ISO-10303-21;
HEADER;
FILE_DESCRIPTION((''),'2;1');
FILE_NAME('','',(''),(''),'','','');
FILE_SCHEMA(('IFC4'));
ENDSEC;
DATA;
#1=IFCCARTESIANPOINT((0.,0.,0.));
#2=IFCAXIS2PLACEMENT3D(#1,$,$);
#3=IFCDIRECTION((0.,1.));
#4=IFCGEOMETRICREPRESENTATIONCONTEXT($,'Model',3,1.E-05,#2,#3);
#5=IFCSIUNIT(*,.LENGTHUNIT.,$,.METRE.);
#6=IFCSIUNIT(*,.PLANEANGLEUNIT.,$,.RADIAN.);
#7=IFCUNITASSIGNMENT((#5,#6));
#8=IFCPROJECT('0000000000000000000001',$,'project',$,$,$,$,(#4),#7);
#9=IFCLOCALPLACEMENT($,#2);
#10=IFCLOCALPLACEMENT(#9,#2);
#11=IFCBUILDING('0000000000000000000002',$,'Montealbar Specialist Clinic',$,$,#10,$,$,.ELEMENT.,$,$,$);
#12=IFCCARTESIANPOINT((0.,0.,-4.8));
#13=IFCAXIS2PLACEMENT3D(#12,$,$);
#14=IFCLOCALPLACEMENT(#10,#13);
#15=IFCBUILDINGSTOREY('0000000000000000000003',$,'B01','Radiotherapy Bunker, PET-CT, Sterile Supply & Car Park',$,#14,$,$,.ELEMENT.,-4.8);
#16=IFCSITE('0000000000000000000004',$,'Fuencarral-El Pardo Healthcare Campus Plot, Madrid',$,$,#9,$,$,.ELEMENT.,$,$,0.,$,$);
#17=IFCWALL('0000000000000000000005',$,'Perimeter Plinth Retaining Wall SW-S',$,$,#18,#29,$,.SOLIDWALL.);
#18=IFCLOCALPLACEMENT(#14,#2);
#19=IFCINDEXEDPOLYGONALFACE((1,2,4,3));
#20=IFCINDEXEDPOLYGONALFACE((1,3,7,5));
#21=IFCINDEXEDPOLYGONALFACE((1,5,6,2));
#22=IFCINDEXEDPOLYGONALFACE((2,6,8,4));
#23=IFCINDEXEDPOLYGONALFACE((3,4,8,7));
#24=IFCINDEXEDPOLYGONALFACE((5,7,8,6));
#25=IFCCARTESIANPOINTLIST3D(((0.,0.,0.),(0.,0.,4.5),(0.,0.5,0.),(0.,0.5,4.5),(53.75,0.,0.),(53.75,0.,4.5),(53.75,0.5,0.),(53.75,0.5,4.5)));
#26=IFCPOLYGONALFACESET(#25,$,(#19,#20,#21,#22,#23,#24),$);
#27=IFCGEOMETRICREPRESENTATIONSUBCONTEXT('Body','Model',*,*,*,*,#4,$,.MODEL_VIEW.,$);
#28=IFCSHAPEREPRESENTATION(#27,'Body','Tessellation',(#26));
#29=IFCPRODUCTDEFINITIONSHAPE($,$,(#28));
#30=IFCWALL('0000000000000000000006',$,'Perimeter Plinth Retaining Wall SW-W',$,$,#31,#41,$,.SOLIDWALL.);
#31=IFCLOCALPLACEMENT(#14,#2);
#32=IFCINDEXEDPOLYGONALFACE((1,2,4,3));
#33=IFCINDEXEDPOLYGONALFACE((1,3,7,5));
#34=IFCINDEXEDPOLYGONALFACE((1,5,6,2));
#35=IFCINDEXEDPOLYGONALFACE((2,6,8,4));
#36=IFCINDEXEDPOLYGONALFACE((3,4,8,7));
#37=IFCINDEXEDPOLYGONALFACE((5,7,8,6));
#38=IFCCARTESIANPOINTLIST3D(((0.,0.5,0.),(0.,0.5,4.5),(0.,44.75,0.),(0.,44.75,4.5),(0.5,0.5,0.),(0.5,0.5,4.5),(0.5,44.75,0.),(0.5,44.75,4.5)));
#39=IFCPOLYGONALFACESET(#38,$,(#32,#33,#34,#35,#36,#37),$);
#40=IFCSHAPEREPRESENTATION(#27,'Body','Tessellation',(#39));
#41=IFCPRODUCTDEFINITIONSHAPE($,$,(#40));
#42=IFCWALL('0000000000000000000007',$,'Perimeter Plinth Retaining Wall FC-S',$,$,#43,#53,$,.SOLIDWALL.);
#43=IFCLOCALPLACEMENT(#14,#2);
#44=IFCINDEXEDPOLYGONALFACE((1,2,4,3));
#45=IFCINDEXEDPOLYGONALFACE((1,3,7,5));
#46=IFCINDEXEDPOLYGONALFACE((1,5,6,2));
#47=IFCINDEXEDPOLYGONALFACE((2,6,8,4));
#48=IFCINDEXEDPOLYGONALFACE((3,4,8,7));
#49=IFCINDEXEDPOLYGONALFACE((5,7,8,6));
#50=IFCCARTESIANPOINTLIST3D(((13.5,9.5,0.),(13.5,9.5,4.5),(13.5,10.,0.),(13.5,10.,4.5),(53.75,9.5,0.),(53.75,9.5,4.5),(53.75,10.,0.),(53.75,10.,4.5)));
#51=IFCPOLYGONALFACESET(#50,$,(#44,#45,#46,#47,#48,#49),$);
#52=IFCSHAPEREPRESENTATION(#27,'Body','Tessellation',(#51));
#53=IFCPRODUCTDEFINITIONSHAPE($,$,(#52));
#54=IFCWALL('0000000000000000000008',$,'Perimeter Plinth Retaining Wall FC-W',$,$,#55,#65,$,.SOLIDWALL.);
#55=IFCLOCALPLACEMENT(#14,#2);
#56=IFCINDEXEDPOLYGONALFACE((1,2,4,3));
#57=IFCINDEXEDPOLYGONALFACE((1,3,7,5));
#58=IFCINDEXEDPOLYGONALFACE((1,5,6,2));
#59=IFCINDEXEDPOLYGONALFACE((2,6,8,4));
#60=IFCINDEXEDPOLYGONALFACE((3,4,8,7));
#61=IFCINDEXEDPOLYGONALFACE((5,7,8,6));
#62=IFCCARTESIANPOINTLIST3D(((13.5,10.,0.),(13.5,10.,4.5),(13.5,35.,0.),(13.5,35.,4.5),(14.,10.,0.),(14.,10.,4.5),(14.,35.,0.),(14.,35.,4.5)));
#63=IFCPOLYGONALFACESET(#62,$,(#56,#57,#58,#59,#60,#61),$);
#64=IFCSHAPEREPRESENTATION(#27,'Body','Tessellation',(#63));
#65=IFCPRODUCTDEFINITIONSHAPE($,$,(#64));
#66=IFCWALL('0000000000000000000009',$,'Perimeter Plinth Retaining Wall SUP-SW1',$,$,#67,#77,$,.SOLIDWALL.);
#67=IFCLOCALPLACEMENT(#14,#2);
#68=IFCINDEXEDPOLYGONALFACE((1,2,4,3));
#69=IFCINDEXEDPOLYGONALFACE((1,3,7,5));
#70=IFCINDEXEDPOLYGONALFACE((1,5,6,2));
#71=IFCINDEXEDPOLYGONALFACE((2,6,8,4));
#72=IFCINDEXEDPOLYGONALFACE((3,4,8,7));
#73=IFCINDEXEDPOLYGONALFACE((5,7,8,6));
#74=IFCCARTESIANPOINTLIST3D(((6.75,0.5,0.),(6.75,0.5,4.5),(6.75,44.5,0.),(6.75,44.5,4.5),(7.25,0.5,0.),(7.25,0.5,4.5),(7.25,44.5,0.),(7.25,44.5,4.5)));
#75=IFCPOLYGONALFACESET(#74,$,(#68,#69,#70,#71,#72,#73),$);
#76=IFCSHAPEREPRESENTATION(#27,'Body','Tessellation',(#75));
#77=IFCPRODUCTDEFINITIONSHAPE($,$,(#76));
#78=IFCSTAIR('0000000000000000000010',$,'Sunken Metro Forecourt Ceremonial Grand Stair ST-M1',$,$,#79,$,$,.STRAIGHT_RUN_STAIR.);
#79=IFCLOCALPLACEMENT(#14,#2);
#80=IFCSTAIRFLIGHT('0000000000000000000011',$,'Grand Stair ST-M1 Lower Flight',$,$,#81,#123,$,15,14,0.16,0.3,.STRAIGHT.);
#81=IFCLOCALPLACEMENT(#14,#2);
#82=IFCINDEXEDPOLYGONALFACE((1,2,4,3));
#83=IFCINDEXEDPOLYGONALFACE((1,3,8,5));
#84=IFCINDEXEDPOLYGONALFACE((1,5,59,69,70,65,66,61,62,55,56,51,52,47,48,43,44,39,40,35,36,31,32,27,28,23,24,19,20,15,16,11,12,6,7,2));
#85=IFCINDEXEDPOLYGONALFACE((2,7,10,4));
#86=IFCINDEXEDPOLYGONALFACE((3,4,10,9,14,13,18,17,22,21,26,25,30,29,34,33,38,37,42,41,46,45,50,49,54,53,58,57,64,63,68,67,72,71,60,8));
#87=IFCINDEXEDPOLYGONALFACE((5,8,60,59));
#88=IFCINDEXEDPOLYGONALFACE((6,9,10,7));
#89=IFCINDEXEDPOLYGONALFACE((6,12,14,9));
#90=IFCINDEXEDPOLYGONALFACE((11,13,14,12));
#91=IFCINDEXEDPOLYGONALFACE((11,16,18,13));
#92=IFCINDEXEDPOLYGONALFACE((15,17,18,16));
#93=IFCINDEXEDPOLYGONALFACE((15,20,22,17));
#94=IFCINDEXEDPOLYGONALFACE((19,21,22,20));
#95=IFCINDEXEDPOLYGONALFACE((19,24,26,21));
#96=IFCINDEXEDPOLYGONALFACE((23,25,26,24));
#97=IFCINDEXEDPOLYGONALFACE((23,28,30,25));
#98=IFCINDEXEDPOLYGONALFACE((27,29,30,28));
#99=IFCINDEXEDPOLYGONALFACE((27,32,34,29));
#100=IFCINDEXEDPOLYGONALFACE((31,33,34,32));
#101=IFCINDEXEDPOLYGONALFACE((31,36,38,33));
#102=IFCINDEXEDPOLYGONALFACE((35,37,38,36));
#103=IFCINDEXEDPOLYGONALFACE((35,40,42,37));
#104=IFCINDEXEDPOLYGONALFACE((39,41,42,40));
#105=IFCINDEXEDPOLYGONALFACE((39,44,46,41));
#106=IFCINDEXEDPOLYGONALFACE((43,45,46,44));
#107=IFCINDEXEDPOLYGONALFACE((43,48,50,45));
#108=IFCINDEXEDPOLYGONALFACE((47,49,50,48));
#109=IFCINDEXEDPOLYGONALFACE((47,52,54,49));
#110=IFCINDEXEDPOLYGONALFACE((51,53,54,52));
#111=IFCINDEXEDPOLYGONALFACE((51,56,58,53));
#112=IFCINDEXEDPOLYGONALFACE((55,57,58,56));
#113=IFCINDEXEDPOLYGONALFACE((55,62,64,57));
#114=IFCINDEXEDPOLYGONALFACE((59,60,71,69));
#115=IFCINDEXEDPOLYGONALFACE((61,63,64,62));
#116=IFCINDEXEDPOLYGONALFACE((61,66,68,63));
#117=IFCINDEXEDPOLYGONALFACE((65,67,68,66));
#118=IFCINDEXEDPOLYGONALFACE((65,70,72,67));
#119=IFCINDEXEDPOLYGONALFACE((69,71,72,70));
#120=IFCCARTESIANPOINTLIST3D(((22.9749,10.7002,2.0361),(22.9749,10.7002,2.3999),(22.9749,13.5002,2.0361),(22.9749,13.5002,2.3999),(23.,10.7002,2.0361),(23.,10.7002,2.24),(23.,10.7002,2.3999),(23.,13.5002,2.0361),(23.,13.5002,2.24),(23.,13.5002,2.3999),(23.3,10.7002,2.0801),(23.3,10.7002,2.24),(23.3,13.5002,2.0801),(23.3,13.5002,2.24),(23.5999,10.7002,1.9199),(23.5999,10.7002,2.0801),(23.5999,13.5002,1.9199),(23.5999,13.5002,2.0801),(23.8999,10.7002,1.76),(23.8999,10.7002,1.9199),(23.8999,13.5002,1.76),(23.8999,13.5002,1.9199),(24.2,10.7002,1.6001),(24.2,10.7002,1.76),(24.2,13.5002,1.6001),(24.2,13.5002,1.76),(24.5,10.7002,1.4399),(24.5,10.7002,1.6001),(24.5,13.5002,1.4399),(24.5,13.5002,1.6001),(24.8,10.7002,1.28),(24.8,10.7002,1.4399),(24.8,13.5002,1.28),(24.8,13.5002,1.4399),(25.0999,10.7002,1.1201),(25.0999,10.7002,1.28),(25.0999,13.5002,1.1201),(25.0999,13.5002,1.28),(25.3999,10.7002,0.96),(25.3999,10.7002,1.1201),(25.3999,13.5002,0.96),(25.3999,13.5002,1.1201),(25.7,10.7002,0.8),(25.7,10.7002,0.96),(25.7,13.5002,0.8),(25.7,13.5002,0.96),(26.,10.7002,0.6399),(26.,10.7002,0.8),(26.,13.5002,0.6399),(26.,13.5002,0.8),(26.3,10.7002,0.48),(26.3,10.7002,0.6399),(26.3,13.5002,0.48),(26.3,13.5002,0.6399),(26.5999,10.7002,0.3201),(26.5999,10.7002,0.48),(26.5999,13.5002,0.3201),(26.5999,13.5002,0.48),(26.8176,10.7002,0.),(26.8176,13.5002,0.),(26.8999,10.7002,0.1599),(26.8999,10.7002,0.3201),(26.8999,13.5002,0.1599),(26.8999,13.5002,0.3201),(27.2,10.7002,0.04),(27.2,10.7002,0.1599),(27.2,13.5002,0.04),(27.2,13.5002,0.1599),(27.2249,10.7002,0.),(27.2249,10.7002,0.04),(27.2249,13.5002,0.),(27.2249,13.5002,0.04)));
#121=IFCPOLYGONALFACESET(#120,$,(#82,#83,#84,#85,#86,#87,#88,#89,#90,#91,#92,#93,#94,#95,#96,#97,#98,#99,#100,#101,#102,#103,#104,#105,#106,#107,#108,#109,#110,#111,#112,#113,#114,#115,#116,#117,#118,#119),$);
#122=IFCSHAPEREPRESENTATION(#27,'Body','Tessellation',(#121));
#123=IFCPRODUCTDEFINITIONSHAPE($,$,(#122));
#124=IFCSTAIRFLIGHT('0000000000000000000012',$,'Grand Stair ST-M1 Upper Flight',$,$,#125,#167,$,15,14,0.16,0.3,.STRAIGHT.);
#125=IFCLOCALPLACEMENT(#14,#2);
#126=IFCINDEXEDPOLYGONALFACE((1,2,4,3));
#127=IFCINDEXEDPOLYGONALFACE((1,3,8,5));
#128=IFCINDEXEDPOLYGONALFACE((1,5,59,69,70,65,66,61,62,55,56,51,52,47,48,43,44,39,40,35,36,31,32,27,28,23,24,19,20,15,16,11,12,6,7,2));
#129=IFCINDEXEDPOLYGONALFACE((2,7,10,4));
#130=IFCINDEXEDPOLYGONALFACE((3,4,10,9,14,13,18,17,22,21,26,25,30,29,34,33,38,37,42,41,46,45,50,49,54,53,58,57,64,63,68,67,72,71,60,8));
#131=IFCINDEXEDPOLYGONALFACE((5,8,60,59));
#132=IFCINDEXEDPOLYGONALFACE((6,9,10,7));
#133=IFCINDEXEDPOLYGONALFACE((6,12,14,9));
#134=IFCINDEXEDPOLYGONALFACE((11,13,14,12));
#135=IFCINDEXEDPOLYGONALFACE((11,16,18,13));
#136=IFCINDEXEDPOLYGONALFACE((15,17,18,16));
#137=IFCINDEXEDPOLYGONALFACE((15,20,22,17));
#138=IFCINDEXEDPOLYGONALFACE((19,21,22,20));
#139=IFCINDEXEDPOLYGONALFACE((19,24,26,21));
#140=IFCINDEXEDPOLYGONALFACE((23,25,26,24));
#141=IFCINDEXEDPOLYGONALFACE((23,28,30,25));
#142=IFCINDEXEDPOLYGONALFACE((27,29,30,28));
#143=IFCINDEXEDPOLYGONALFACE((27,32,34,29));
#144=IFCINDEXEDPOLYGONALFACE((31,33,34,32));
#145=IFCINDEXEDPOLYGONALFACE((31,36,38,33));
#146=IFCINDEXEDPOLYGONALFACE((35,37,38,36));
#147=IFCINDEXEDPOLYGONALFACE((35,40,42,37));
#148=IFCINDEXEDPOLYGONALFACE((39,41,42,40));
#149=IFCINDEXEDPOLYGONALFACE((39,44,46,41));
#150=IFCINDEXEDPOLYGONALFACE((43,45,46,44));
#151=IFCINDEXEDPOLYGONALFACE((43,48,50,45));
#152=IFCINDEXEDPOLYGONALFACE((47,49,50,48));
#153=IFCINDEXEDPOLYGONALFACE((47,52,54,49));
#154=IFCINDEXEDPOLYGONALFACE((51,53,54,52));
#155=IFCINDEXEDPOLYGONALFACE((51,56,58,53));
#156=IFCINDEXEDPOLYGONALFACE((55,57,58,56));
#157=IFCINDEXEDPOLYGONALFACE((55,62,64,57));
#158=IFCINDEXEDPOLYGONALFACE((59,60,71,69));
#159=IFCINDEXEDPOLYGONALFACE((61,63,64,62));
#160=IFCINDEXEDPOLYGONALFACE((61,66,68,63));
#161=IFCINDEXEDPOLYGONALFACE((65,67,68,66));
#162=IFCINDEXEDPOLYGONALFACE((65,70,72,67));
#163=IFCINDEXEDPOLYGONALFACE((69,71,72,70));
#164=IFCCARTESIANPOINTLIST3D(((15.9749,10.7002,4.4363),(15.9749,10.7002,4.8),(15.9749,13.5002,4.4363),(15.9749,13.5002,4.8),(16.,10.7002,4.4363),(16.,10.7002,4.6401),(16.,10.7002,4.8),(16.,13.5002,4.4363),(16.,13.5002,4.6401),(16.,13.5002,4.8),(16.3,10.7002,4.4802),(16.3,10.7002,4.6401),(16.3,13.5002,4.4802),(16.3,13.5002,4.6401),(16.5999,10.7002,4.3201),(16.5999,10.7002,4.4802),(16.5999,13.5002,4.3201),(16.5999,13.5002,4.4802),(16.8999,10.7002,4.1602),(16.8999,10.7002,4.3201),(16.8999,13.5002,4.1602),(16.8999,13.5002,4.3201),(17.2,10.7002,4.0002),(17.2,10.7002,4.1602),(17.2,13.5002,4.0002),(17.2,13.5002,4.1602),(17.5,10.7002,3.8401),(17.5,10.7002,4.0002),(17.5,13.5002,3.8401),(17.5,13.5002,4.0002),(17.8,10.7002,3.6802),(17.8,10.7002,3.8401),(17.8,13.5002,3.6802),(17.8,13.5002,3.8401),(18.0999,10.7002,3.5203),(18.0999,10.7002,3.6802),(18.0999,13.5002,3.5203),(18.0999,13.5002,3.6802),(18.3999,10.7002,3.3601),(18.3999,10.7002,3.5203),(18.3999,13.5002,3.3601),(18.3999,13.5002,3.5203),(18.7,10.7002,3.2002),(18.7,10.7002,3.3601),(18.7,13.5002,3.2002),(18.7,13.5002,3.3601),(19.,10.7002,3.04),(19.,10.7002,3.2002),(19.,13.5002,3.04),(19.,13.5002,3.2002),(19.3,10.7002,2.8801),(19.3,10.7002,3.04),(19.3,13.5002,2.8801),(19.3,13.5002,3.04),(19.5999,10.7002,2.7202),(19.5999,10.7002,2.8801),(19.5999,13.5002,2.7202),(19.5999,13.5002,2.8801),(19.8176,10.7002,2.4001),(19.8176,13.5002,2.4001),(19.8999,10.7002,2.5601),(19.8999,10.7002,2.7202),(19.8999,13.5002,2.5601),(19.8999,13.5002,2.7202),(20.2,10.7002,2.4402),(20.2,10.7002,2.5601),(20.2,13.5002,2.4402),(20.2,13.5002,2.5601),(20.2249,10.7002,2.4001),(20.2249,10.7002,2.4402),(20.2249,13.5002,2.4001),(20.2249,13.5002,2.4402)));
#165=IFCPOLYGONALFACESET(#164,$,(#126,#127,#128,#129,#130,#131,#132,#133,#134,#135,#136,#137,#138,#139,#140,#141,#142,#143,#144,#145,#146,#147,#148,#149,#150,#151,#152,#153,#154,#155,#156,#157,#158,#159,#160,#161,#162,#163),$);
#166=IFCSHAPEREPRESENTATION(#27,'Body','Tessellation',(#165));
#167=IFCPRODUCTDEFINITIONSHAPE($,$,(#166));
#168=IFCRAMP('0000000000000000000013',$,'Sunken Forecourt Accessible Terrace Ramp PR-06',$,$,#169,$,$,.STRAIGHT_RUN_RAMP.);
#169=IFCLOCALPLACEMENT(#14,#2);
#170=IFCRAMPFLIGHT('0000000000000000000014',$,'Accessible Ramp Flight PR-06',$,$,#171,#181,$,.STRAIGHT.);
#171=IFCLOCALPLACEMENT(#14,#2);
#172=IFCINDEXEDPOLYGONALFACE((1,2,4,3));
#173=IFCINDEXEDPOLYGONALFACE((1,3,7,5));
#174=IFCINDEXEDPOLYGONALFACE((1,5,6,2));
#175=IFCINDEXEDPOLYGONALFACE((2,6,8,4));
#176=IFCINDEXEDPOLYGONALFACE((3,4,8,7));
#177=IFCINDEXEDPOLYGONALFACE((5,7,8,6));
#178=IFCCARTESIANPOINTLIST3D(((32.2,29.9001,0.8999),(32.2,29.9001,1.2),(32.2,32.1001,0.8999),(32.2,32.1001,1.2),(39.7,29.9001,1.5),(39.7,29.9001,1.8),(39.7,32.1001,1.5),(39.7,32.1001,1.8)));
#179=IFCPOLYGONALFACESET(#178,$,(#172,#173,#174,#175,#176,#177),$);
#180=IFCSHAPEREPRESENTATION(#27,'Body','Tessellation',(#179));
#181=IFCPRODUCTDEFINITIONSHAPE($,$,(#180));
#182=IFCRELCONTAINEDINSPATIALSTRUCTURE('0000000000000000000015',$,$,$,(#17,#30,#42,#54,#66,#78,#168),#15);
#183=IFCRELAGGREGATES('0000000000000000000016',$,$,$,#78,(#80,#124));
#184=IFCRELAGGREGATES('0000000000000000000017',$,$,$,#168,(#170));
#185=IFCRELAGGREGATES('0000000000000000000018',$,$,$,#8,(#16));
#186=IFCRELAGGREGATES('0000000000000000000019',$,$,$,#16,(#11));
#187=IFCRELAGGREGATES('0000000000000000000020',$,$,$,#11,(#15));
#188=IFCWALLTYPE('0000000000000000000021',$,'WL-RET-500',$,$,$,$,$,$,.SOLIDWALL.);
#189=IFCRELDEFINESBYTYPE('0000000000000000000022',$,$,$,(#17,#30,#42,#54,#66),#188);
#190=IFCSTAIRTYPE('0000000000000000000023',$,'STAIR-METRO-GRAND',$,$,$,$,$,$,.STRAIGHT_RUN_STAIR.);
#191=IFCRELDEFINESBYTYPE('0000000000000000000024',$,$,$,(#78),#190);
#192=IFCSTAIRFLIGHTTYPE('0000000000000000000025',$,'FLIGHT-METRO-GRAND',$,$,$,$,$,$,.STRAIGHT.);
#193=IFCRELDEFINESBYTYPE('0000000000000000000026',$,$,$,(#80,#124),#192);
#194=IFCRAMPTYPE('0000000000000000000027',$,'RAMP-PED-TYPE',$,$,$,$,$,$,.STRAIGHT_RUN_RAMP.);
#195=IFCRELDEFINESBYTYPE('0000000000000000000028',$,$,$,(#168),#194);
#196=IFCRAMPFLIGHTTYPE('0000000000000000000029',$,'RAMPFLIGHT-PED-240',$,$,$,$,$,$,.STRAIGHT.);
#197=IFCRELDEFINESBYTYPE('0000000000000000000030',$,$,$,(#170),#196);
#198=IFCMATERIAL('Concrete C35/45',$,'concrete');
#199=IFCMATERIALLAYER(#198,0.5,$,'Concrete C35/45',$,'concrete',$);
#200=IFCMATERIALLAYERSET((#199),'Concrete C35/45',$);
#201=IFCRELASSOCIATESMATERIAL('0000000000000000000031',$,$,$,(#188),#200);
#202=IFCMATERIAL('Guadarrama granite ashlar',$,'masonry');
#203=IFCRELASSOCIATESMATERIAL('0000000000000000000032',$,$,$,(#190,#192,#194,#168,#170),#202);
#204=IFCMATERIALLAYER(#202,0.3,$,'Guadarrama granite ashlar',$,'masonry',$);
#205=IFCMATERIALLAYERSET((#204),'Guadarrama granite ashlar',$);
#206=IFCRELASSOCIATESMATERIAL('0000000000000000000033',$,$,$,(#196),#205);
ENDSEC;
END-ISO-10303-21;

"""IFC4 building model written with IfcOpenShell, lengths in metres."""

from ifc_helpers import new_model, si_unit, direction, frame, frame_2d, origin, place, context, subcontext, project, spatial, polyline, rectangle, outline, extrude, material, layer, layer_set, type_object, element, aggregate, save


model = new_model("IFC4")

# Units and contexts
model_context = context("Model", 3, precision=1e-05, world=origin(), true_north=direction((0.0, 1.0)))
body_context = subcontext(model_context, "Body", "Model", "MODEL_VIEW")
ifc_project = project(units=[si_unit("LENGTHUNIT", "METRE"), si_unit("PLANEANGLEUNIT", "RADIAN")], contexts=[model_context])

# Site, building, storey
site_placement = place(None, origin())
site = spatial("IfcSite", under=ifc_project, at=site_placement, Name="Fuencarral-El Pardo Healthcare Campus Plot, Madrid", CompositionType="ELEMENT", RefElevation=0.0)
building_placement = place(site_placement, origin())
building = spatial("IfcBuilding", under=site, at=building_placement, Name="Montealbar Specialist Clinic", CompositionType="ELEMENT")
storey_placement = place(building_placement, frame((0.0, 0.0, -4.8)))
storey = spatial("IfcBuildingStorey", under=building, at=storey_placement, Name="B01", Description="Radiotherapy Bunker, PET-CT, Sterile Supply & Car Park", CompositionType="ELEMENT", Elevation=-4.8)

# Walls
ifc_material_1 = material(Name="Guadarrama granite ashlar", Category="masonry")
ifc_material_2 = material(Name="Concrete C35/45", Category="concrete")
ifc_layer_1 = layer(ifc_material_2, 0.5, Name="Concrete C35/45", Category="concrete")
ifc_layer_set_1 = layer_set([ifc_layer_1], Name="Concrete C35/45")
wall_type_1 = type_object("IfcWallType", Name="WL-RET-500", PredefinedType="SOLIDWALL", material=ifc_layer_set_1)
wall_1_placement = place(storey_placement, frame((0.0, 0.25, 0.0), z_axis=(0.0, 0.0, 1.0), x_axis=(1.0, 0.0, 0.0)))
element("IfcWall", 1, at=wall_1_placement, inside=storey, type_object=wall_type_1, Name="Perimeter Plinth Retaining Wall SW-S", PredefinedType="SOLIDWALL", context=body_context, shape_type="SweptSolid", body=[
    extrude(rectangle(XDim=53.75, YDim=0.5, at=frame_2d((26.875, 0.0))), origin(), (0.0, 0.0, 1.0), 4.5),
])
wall_2_placement = place(storey_placement, frame((0.25, 0.5, 0.0), z_axis=(0.0, 0.0, 1.0), x_axis=(0.0, 1.0, 0.0)))
element("IfcWall", 2, at=wall_2_placement, inside=storey, type_object=wall_type_1, Name="Perimeter Plinth Retaining Wall SW-W", PredefinedType="SOLIDWALL", context=body_context, shape_type="SweptSolid", body=[
    extrude(rectangle(XDim=44.25, YDim=0.5, at=frame_2d((22.125, 0.0))), origin(), (0.0, 0.0, 1.0), 4.5),
])
wall_3_placement = place(storey_placement, frame((13.5, 9.75, 0.0), z_axis=(0.0, 0.0, 1.0), x_axis=(1.0, 0.0, 0.0)))
element("IfcWall", 3, at=wall_3_placement, inside=storey, type_object=wall_type_1, Name="Perimeter Plinth Retaining Wall FC-S", PredefinedType="SOLIDWALL", context=body_context, shape_type="SweptSolid", body=[
    extrude(rectangle(XDim=40.25, YDim=0.5, at=frame_2d((20.125, 0.0))), origin(), (0.0, 0.0, 1.0), 4.5),
])
wall_4_placement = place(storey_placement, frame((13.75, 10.0, 0.0), z_axis=(0.0, 0.0, 1.0), x_axis=(0.0, 1.0, 0.0)))
element("IfcWall", 4, at=wall_4_placement, inside=storey, type_object=wall_type_1, Name="Perimeter Plinth Retaining Wall FC-W", PredefinedType="SOLIDWALL", context=body_context, shape_type="SweptSolid", body=[
    extrude(rectangle(XDim=25.0, YDim=0.5, at=frame_2d((12.5, 0.0))), origin(), (0.0, 0.0, 1.0), 4.5),
])
wall_5_placement = place(storey_placement, frame((7.0, 0.5, 0.0), z_axis=(0.0, 0.0, 1.0), x_axis=(0.0, 1.0, 0.0)))
element("IfcWall", 5, at=wall_5_placement, inside=storey, type_object=wall_type_1, Name="Perimeter Plinth Retaining Wall SUP-SW1", PredefinedType="SOLIDWALL", context=body_context, shape_type="SweptSolid", body=[
    extrude(rectangle(XDim=44.0, YDim=0.5, at=frame_2d((22.0, 0.0))), origin(), (0.0, 0.0, 1.0), 4.5),
])

# Stair, stair flights
stair_type = type_object("IfcStairType", Name="STAIR-METRO-GRAND", PredefinedType="STRAIGHT_RUN_STAIR", material=ifc_material_1)
stair_placement = place(storey_placement, origin())
stair = element("IfcStair", 6, at=stair_placement, inside=storey, type_object=stair_type, Name="Sunken Metro Forecourt Ceremonial Grand Stair ST-M1", PredefinedType="STRAIGHT_RUN_STAIR")
stair_flight_type = type_object("IfcStairFlightType", Name="FLIGHT-METRO-GRAND", PredefinedType="STRAIGHT", material=ifc_material_1)
stair_flight_1_placement = place(storey_placement, frame((27.2, 12.1001, 0.0), z_axis=(0.0, 0.0, 1.0), x_axis=(-1.0, 0.0, 0.0)))
stair_flight_1 = element("IfcStairFlight", 7, at=stair_flight_1_placement, type_object=stair_flight_type, Name="Grand Stair ST-M1 Lower Flight", NumberOfRisers=15, NumberOfTreads=14, PredefinedType="STRAIGHT", RiserHeight=0.16, TreadLength=0.3, context=body_context, shape_type="SweptSolid", body=[
    extrude(outline(polyline([(-0.0249, 0.0), (-0.0249, 0.04), (0.0, 0.04), (0.0, 0.1599), (0.3, 0.1599), (0.3, 0.3201), (0.6001, 0.3201), (0.6001, 0.48), (0.8999, 0.48), (0.8999, 0.6399), (1.2, 0.6399), (1.2, 0.8), (1.5, 0.8), (1.5, 0.96), (1.8, 0.96), (1.8, 1.1201), (2.1001, 1.1201), (2.1001, 1.28), (2.3999, 1.28), (2.3999, 1.4399), (2.7, 1.4399), (2.7, 1.6001), (3.0, 1.6001), (3.0, 1.76), (3.3, 1.76), (3.3, 1.9199), (3.6001, 1.9199), (3.6001, 2.0801), (3.8999, 2.0801), (3.8999, 2.24), (4.2, 2.24), (4.2, 2.3999), (4.2251, 2.3999), (4.2251, 2.0361), (4.2, 2.0361), (0.3823, 0.0), (-0.0249, 0.0)])), frame((0.0, 1.3999, 0.0), z_axis=(0.0, -1.0, 0.0), x_axis=(1.0, 0.0, 0.0)), (0.0, 0.0, 1.0), 2.8),
])
stair_flight_2_placement = place(storey_placement, frame((20.2, 12.1001, 2.4001), z_axis=(0.0, 0.0, 1.0), x_axis=(-1.0, 0.0, 0.0)))
stair_flight_2 = element("IfcStairFlight", 8, at=stair_flight_2_placement, type_object=stair_flight_type, Name="Grand Stair ST-M1 Upper Flight", NumberOfRisers=15, NumberOfTreads=14, PredefinedType="STRAIGHT", RiserHeight=0.16, TreadLength=0.3, context=body_context, shape_type="SweptSolid", body=[
    extrude(outline(polyline([(-0.0249, 0.0), (-0.0249, 0.04), (0.0, 0.04), (0.0, 0.1599), (0.3, 0.1599), (0.3, 0.3201), (0.6001, 0.3201), (0.6001, 0.48), (0.8999, 0.48), (0.8999, 0.6399), (1.2, 0.6399), (1.2, 0.8), (1.5, 0.8), (1.5, 0.96), (1.8, 0.96), (1.8, 1.1201), (2.1001, 1.1201), (2.1001, 1.28), (2.3999, 1.28), (2.3999, 1.4399), (2.7, 1.4399), (2.7, 1.6001), (3.0, 1.6001), (3.0, 1.76), (3.3, 1.76), (3.3, 1.9199), (3.6001, 1.9199), (3.6001, 2.0801), (3.8999, 2.0801), (3.8999, 2.24), (4.2, 2.24), (4.2, 2.3999), (4.2251, 2.3999), (4.2251, 2.0361), (4.2, 2.0361), (0.3823, 0.0), (-0.0249, 0.0)])), frame((0.0, 1.3999, 0.0), z_axis=(0.0, -1.0, 0.0), x_axis=(1.0, 0.0, 0.0)), (0.0, 0.0, 1.0), 2.8),
])
aggregate(stair, [stair_flight_1, stair_flight_2])

# Ramp, ramp flight
ramp_type = type_object("IfcRampType", Name="RAMP-PED-TYPE", PredefinedType="STRAIGHT_RUN_RAMP", material=ifc_material_1)
ramp_1_placement = place(storey_placement, origin())
ramp_1 = element("IfcRamp", 9, at=ramp_1_placement, inside=storey, type_object=ramp_type, material=ifc_material_1, Name="Sunken Forecourt Accessible Terrace Ramp PR-06", PredefinedType="STRAIGHT_RUN_RAMP")
ifc_layer_2 = layer(ifc_material_1, 0.3, Name="Guadarrama granite ashlar", Category="masonry")
ifc_layer_set_2 = layer_set([ifc_layer_2], Name="Guadarrama granite ashlar")
ramp_flight_type = type_object("IfcRampFlightType", Name="RAMPFLIGHT-PED-240", PredefinedType="STRAIGHT", material=ifc_layer_set_2)
ramp_flight_1_placement = place(storey_placement, frame((32.2, 31.0, 1.2), z_axis=(0.0, 0.0, 1.0), x_axis=(1.0, 0.0, 0.0)))
ramp_flight_1 = element("IfcRampFlight", 10, at=ramp_flight_1_placement, type_object=ramp_flight_type, material=ifc_material_1, Name="Accessible Ramp Flight PR-06", PredefinedType="STRAIGHT", context=body_context, shape_type="SweptSolid", body=[
    extrude(outline(polyline([(0.0, -0.3), (7.5, 0.3), (7.5, 0.6001), (0.0, 0.0), (0.0, -0.3)])), frame((0.0, 1.1001, 0.0), z_axis=(0.0, -1.0, 0.0), x_axis=(1.0, 0.0, 0.0)), (0.0, 0.0, 1.0), 2.2),
])
aggregate(ramp_1, [ramp_flight_1])

save(model, "model.ifc")
